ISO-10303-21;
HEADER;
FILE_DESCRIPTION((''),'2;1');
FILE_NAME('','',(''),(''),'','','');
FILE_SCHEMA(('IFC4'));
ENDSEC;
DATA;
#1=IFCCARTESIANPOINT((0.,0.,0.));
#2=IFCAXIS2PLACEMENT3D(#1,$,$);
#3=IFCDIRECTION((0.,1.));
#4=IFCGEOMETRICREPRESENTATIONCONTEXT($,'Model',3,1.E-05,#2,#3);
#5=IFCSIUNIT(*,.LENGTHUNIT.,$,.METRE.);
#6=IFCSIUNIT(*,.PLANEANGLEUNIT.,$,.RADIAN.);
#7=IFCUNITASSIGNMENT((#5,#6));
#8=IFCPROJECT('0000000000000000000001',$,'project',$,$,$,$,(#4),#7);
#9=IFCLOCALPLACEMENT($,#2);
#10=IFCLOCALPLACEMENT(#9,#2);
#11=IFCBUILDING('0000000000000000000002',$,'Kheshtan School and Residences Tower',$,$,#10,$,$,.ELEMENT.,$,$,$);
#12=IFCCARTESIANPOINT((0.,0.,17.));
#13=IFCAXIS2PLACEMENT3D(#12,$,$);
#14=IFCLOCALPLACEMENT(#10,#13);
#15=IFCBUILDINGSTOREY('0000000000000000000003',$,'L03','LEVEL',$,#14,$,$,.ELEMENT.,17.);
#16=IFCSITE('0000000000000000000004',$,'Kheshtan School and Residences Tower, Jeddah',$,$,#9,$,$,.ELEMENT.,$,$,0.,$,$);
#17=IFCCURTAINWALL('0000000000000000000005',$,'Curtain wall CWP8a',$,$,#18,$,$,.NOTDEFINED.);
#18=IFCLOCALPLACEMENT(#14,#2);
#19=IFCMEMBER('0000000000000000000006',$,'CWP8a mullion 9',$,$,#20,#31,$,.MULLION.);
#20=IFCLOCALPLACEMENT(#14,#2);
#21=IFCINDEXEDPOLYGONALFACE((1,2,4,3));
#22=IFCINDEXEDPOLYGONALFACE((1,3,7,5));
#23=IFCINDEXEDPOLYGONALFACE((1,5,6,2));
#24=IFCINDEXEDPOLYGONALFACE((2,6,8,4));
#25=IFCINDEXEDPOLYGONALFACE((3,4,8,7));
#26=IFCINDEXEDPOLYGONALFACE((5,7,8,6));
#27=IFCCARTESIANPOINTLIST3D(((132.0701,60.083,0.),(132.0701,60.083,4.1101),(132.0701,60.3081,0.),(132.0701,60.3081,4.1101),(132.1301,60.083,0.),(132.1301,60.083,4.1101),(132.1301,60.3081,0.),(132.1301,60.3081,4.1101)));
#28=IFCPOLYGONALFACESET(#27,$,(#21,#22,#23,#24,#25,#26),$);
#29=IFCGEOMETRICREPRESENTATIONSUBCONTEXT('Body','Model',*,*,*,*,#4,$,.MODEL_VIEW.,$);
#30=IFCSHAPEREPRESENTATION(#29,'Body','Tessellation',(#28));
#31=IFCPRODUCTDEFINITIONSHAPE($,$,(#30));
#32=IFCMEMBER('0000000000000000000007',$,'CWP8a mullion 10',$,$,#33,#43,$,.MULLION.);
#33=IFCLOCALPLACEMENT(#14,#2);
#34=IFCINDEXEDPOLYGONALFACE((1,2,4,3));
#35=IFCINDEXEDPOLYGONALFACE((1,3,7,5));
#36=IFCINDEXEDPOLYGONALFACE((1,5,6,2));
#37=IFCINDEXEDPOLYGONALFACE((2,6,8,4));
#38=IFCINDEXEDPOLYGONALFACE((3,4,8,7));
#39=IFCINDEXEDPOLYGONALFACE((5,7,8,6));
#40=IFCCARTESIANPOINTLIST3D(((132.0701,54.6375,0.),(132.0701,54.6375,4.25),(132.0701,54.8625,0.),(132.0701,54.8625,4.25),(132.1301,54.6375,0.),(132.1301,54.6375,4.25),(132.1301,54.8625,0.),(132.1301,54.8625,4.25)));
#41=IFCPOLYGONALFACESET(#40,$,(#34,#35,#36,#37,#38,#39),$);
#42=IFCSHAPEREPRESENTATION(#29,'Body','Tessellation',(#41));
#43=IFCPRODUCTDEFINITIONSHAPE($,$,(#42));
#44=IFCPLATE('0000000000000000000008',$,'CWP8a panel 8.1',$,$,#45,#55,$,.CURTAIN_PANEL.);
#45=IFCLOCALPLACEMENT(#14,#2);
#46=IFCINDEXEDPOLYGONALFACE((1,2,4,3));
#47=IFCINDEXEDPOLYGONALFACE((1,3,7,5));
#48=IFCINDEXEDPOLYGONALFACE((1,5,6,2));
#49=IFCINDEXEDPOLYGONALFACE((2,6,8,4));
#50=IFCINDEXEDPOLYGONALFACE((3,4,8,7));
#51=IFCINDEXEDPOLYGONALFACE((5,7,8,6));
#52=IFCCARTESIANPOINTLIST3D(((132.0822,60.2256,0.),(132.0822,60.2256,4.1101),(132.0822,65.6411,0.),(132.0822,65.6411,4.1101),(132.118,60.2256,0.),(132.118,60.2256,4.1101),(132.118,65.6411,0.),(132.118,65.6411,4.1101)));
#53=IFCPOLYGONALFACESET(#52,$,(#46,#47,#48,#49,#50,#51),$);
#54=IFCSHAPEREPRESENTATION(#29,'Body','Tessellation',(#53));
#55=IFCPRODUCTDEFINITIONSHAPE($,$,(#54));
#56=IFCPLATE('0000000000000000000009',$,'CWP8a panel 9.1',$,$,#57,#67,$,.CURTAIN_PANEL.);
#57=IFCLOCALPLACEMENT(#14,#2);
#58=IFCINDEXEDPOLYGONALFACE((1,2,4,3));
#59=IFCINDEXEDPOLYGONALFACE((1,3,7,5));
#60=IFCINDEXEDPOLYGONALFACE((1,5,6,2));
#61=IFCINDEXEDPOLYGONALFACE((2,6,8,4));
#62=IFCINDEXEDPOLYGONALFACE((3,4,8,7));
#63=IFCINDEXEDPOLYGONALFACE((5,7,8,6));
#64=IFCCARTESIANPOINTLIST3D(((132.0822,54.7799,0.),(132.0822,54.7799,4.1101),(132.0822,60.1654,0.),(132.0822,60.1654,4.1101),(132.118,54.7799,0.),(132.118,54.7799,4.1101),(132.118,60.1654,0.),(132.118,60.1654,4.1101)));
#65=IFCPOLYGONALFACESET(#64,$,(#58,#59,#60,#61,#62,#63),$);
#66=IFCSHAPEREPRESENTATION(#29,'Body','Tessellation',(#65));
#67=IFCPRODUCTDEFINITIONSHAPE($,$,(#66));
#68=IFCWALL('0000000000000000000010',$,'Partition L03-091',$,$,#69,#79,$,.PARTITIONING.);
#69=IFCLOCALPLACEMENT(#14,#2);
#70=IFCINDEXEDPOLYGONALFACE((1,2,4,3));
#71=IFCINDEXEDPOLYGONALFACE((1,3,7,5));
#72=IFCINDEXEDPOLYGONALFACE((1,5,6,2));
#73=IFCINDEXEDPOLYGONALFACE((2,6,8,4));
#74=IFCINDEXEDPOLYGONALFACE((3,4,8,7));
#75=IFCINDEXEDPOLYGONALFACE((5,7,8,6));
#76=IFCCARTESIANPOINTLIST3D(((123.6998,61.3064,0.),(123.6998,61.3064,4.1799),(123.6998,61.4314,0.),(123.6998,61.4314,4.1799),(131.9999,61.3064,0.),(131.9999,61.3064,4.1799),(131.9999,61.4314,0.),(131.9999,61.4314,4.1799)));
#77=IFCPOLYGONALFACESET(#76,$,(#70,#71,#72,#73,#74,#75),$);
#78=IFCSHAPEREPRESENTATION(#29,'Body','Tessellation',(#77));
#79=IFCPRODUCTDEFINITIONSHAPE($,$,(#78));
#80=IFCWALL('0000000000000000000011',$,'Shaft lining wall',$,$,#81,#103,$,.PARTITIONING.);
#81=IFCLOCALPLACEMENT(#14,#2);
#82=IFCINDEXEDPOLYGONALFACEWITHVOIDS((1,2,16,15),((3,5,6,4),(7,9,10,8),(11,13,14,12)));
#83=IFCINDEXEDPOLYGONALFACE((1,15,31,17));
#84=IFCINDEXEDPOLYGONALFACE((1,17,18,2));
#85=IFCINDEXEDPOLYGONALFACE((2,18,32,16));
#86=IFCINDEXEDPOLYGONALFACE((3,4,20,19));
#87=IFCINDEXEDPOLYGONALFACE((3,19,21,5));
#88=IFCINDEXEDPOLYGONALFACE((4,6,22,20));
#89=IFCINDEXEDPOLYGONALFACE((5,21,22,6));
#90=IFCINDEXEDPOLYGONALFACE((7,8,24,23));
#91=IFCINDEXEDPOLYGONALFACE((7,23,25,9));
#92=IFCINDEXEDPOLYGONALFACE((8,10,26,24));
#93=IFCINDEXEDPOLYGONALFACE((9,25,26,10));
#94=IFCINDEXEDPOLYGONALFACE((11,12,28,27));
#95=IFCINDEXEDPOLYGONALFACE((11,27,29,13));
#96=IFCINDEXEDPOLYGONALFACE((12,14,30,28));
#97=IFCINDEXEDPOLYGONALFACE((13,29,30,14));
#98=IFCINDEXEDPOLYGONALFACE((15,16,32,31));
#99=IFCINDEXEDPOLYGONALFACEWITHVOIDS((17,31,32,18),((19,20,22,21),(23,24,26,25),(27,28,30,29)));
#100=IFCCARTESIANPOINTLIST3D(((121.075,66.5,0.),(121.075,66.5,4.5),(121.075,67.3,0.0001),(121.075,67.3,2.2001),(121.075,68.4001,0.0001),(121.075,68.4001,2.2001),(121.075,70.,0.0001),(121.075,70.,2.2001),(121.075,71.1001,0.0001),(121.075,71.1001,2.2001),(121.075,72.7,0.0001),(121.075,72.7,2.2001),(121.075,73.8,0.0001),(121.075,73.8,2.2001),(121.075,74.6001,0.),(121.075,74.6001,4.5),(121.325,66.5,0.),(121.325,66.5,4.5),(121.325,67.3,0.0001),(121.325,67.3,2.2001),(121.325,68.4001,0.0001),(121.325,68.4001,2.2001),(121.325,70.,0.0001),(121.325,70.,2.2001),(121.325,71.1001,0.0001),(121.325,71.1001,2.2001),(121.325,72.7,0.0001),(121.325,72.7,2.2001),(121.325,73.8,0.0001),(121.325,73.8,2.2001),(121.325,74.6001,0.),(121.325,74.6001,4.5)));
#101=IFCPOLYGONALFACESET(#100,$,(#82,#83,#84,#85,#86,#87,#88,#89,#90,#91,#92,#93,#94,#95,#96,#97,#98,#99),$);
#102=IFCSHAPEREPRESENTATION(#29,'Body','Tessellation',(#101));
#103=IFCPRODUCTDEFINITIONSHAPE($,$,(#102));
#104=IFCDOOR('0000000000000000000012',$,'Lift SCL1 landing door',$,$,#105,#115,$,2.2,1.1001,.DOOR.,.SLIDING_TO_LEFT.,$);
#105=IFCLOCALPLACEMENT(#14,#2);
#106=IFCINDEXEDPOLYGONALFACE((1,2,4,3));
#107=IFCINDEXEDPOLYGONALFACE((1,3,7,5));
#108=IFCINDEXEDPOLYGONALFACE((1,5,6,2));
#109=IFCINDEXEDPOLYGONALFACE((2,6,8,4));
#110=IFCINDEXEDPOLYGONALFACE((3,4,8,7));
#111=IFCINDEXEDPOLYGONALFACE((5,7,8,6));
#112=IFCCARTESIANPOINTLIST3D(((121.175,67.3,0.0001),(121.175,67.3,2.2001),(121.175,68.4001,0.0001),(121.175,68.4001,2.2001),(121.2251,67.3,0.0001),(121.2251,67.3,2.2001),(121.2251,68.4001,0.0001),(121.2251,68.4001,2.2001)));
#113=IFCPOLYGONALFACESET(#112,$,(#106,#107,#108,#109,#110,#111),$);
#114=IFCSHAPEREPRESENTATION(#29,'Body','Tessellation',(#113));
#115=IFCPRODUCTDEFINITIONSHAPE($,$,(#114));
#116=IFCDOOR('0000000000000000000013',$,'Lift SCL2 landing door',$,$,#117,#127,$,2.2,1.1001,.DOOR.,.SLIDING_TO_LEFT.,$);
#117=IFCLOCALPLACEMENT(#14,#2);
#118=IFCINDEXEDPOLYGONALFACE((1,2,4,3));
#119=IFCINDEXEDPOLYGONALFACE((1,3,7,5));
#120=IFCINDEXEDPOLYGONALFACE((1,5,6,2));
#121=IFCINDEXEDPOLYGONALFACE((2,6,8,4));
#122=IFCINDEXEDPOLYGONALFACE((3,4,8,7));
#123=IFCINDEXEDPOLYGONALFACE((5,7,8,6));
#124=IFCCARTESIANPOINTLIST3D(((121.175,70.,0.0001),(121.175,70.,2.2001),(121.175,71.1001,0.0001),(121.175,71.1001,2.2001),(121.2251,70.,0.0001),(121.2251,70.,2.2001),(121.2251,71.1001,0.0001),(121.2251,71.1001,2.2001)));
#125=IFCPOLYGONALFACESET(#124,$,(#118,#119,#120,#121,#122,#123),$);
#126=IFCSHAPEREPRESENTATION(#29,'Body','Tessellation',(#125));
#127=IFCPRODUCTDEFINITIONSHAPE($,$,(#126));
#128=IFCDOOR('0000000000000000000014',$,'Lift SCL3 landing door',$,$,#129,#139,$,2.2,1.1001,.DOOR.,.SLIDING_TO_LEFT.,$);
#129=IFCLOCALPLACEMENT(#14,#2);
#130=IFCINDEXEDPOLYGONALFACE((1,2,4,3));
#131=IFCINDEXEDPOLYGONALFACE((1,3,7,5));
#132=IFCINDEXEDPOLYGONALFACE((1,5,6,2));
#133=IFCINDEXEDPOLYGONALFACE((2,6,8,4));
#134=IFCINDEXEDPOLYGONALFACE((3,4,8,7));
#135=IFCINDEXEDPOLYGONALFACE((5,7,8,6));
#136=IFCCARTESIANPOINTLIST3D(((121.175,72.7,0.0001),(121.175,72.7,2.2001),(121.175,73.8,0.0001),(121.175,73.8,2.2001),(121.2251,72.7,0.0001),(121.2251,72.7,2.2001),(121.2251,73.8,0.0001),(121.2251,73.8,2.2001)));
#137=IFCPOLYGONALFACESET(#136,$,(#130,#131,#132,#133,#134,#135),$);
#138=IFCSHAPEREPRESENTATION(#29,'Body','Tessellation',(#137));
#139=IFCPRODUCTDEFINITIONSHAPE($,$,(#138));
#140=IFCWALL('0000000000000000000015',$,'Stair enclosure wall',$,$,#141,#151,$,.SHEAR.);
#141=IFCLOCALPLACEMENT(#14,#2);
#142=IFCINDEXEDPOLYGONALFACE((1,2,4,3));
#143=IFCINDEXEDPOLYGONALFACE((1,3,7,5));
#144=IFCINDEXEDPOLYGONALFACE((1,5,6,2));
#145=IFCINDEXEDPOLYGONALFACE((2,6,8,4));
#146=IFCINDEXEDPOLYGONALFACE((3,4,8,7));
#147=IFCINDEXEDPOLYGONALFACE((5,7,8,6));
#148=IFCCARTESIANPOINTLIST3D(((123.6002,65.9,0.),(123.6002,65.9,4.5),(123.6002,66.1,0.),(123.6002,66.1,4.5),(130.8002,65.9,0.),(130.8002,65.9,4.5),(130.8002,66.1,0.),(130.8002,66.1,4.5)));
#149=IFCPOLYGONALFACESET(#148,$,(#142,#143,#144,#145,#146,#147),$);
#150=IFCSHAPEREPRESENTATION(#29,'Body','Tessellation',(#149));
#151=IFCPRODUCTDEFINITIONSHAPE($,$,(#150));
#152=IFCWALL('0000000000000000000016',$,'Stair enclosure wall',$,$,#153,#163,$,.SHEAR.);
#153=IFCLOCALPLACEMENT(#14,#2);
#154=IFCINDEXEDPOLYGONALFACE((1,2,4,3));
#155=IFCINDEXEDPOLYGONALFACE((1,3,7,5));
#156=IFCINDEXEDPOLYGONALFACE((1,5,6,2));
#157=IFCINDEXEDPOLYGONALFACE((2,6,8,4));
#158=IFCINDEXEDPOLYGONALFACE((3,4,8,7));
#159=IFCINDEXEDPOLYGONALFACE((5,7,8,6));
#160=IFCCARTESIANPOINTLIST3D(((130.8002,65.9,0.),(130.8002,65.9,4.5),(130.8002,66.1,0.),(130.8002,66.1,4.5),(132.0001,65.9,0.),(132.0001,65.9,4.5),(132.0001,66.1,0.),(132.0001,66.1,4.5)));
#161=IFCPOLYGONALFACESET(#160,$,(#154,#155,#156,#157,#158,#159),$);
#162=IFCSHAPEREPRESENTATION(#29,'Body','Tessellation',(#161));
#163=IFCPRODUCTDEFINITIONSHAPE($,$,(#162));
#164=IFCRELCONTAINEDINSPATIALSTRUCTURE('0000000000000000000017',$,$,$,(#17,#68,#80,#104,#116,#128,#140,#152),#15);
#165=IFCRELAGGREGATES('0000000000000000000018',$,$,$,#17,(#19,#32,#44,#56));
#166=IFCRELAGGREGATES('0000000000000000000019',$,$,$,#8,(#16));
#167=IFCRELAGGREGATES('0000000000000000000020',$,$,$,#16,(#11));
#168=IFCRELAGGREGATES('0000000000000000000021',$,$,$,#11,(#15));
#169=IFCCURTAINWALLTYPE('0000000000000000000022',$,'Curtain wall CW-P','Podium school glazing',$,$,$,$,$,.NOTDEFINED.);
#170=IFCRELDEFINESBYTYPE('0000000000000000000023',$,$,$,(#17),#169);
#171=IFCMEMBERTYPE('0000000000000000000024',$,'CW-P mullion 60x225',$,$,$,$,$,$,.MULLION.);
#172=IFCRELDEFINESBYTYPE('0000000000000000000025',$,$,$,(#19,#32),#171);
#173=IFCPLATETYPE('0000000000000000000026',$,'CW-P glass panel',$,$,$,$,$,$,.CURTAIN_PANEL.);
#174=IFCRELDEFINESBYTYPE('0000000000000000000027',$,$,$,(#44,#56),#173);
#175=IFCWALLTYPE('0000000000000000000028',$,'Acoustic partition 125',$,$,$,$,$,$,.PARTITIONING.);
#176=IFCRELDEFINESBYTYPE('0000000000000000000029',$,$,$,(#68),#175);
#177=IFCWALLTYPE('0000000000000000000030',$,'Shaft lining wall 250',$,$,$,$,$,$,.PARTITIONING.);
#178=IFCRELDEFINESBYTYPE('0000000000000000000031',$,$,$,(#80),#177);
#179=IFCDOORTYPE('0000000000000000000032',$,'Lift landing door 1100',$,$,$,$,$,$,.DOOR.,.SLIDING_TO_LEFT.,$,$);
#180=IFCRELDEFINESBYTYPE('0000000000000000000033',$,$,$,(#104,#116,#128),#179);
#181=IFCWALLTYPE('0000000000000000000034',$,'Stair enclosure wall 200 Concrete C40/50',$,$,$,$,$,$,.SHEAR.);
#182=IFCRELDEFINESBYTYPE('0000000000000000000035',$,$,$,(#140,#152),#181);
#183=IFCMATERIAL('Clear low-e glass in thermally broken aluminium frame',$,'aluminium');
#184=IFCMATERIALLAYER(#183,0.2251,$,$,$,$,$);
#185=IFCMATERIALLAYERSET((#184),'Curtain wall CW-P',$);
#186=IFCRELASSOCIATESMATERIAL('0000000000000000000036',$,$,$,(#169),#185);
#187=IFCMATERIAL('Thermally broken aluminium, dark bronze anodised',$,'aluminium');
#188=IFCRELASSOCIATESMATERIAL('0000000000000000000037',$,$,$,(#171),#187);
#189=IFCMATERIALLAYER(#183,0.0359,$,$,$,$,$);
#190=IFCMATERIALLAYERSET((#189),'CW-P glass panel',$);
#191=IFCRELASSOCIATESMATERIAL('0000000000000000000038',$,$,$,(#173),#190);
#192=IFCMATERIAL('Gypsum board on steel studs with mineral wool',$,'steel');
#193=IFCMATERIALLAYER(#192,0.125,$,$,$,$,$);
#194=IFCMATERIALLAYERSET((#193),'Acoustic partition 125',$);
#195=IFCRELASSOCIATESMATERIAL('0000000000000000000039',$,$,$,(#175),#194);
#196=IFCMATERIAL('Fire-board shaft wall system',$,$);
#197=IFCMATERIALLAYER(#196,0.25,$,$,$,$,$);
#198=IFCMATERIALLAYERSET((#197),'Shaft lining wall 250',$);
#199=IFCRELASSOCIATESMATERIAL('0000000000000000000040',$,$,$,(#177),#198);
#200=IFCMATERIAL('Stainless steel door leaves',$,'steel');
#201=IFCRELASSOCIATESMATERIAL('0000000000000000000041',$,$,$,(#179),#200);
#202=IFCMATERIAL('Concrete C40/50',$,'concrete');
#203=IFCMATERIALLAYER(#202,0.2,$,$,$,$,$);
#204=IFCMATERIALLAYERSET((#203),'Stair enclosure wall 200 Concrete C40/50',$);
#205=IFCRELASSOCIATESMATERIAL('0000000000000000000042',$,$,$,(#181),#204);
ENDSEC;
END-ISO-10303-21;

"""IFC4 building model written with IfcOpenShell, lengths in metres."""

from ifc_helpers import new_model, si_unit, direction, frame, frame_2d, origin, origin_2d, place, context, subcontext, project, spatial, rectangle, extrude, source, transform, mapped, material, layer, layer_set, material_profile, profile_set, type_object, element, fill, aggregate, save


model = new_model("IFC4")

# Units and contexts
model_context = context("Model", 3, precision=1e-05, world=origin(), true_north=direction((0.0, 1.0)))
body_context = subcontext(model_context, "Body", "Model", "MODEL_VIEW")
ifc_project = project(units=[si_unit("LENGTHUNIT", "METRE"), si_unit("PLANEANGLEUNIT", "RADIAN")], contexts=[model_context])

# Site, building, storey
site_placement = place(None, origin())
site = spatial("IfcSite", under=ifc_project, at=site_placement, Name="Kheshtan School and Residences Tower, Jeddah", CompositionType="ELEMENT", RefElevation=0.0)
building_placement = place(site_placement, origin())
building = spatial("IfcBuilding", under=site, at=building_placement, Name="Kheshtan School and Residences Tower", CompositionType="ELEMENT")
storey_placement = place(building_placement, frame((0.0, 0.0, 17.0)))
storey = spatial("IfcBuildingStorey", under=building, at=storey_placement, Name="L03", Description="LEVEL", CompositionType="ELEMENT", Elevation=17.0)

# Curtain wall, members, plates
ifc_material_1 = material(Name="Clear low-e glass in thermally broken aluminium frame", Category="aluminium")
ifc_layer_1 = layer(ifc_material_1, 0.2251)
ifc_layer_set_1 = layer_set([ifc_layer_1], Name="Curtain wall CW-P")
curtain_wall_type = type_object("IfcCurtainWallType", Name="Curtain wall CW-P", Description="Podium school glazing", PredefinedType="NOTDEFINED", material=ifc_layer_set_1)
curtain_wall_placement = place(storey_placement, origin())
curtain_wall = element("IfcCurtainWall", 1, at=curtain_wall_placement, inside=storey, type_object=curtain_wall_type, Name="Curtain wall CWP8a", PredefinedType="NOTDEFINED")
ifc_material_2 = material(Name="Thermally broken aluminium, dark bronze anodised", Category="aluminium")
ifc_material_profile_1 = material_profile(ifc_material_2, rectangle(XDim=0.0601, YDim=0.2251, at=origin_2d()), Name="CW-P mullion 60x225")
ifc_profile_set_1 = profile_set([ifc_material_profile_1], Name="Thermally broken aluminium, dark bronze anodised")
member_type = type_object("IfcMemberType", Name="CW-P mullion 60x225", PredefinedType="MULLION", material=ifc_profile_set_1)
member_1_placement = place(storey_placement, frame((132.1001, 60.1956, 0.0), z_axis=(0.0, 0.0, 1.0), x_axis=(1.0, 0.0, 0.0)))
member_1 = element("IfcMember", 2, at=member_1_placement, type_object=member_type, Name="CWP8a mullion 9", PredefinedType="MULLION", context=body_context, shape_type="SweptSolid", body=[
    extrude(rectangle(XDim=0.0601, YDim=0.2251, at=origin_2d()), origin(), (0.0, 0.0, 1.0), 4.1101),
])
member_2_placement = place(storey_placement, frame((132.1001, 54.75, 0.0), z_axis=(0.0, 0.0, 1.0), x_axis=(1.0, 0.0, 0.0)))
member_2 = element("IfcMember", 3, at=member_2_placement, type_object=member_type, Name="CWP8a mullion 10", PredefinedType="MULLION", context=body_context, shape_type="SweptSolid", body=[
    extrude(rectangle(XDim=0.0601, YDim=0.2251, at=origin_2d()), origin(), (0.0, 0.0, 1.0), 4.25),
])
ifc_layer_2 = layer(ifc_material_1, 0.0359)
ifc_layer_set_2 = layer_set([ifc_layer_2], Name="CW-P glass panel")
plate_type = type_object("IfcPlateType", Name="CW-P glass panel", PredefinedType="CURTAIN_PANEL", material=ifc_layer_set_2)
plate_1_placement = place(storey_placement, frame((132.1001, 62.9333, 0.0), z_axis=(0.0, 0.0, 1.0), x_axis=(0.0, -1.0, 0.0)))
plate_1 = element("IfcPlate", 4, at=plate_1_placement, type_object=plate_type, Name="CWP8a panel 8.1", PredefinedType="CURTAIN_PANEL", context=body_context, shape_type="SweptSolid", body=[
    extrude(rectangle(XDim=5.4155, YDim=0.0359, at=origin_2d()), origin(), (0.0, 0.0, 1.0), 4.1101),
])
plate_2_placement = place(storey_placement, frame((132.1001, 57.4727, 0.0), z_axis=(0.0, 0.0, 1.0), x_axis=(0.0, -1.0, 0.0)))
plate_2 = element("IfcPlate", 5, at=plate_2_placement, type_object=plate_type, Name="CWP8a panel 9.1", PredefinedType="CURTAIN_PANEL", context=body_context, shape_type="SweptSolid", body=[
    extrude(rectangle(XDim=5.3855, YDim=0.0359, at=origin_2d()), origin(), (0.0, 0.0, 1.0), 4.1101),
])
aggregate(curtain_wall, [member_1, member_2, plate_1, plate_2])

# Wall
ifc_material_3 = material(Name="Gypsum board on steel studs with mineral wool", Category="steel")
ifc_layer_3 = layer(ifc_material_3, 0.125)
ifc_layer_set_3 = layer_set([ifc_layer_3], Name="Acoustic partition 125")
wall_type_1 = type_object("IfcWallType", Name="Acoustic partition 125", PredefinedType="PARTITIONING", material=ifc_layer_set_3)
wall_1_placement = place(storey_placement, frame((123.7, 61.3689, 0.0), z_axis=(0.0, 0.0, 1.0), x_axis=(1.0, 0.0, 0.0)))
element("IfcWall", 6, at=wall_1_placement, inside=storey, type_object=wall_type_1, Name="Partition L03-091", PredefinedType="PARTITIONING", context=body_context, shape_type="SweptSolid", body=[
    extrude(rectangle(XDim=8.3, YDim=0.125, at=frame_2d((4.1499, 0.0))), origin(), (0.0, 0.0, 1.0), 4.1799),
])

# Wall, openings, doors
ifc_material_4 = material(Name="Fire-board shaft wall system")
ifc_layer_4 = layer(ifc_material_4, 0.25)
ifc_layer_set_4 = layer_set([ifc_layer_4], Name="Shaft lining wall 250")
wall_type_2 = type_object("IfcWallType", Name="Shaft lining wall 250", PredefinedType="PARTITIONING", material=ifc_layer_set_4)
wall_2_placement = place(storey_placement, frame((121.2, 66.5, 0.0), z_axis=(0.0, 0.0, 1.0), x_axis=(0.0, 1.0, 0.0)))
wall_2 = element("IfcWall", 7, at=wall_2_placement, inside=storey, type_object=wall_type_2, Name="Shaft lining wall", PredefinedType="PARTITIONING", context=body_context, shape_type="SweptSolid", body=[
    extrude(rectangle(XDim=8.1001, YDim=0.25, at=frame_2d((4.05, 0.0))), origin(), (0.0, 0.0, 1.0), 4.5),
])
opening_1_placement = place(wall_2_placement, frame((0.8, 0.0, 0.0)))
opening_1 = element("IfcOpeningElement", 8, at=opening_1_placement, cuts=wall_2, PredefinedType="OPENING", context=body_context, shape_type="SweptSolid", body=[
    extrude(rectangle(XDim=1.1001, YDim=2.2, at=frame_2d((0.55, 1.1001))), frame((0.0, 0.135, 0.0), z_axis=(0.0, -1.0, 0.0), x_axis=(1.0, 0.0, 0.0)), (0.0, 0.0, 1.0), 0.27),
])
opening_2_placement = place(wall_2_placement, frame((3.5, 0.0, 0.0)))
opening_2 = element("IfcOpeningElement", 9, at=opening_2_placement, cuts=wall_2, PredefinedType="OPENING", context=body_context, shape_type="SweptSolid", body=[
    extrude(rectangle(XDim=1.1001, YDim=2.2, at=frame_2d((0.55, 1.1001))), frame((0.0, 0.135, 0.0), z_axis=(0.0, -1.0, 0.0), x_axis=(1.0, 0.0, 0.0)), (0.0, 0.0, 1.0), 0.27),
])
opening_3_placement = place(wall_2_placement, frame((6.2, 0.0, 0.0)))
opening_3 = element("IfcOpeningElement", 10, at=opening_3_placement, cuts=wall_2, PredefinedType="OPENING", context=body_context, shape_type="SweptSolid", body=[
    extrude(rectangle(XDim=1.1001, YDim=2.2, at=frame_2d((0.55, 1.1001))), frame((0.0, 0.135, 0.0), z_axis=(0.0, -1.0, 0.0), x_axis=(1.0, 0.0, 0.0)), (0.0, 0.0, 1.0), 0.27),
])
ifc_material_5 = material(Name="Stainless steel door leaves", Category="steel")
door_type_1 = type_object("IfcDoorType", Name="Lift landing door 1100", OperationType="SLIDING_TO_LEFT", PredefinedType="DOOR", material=ifc_material_5)
shared_shape_1 = source(origin(), body_context, "Body", "SweptSolid", [
    extrude(rectangle(XDim=1.1001, YDim=2.2, at=frame_2d((0.55, 1.1001))), frame((0.0, 0.0249, 0.0), z_axis=(0.0, -1.0, 0.0), x_axis=(1.0, 0.0, 0.0)), (0.0, 0.0, 1.0), 0.05),
])
door_1_placement = place(opening_1_placement, origin())
door_1 = element("IfcDoor", 11, at=door_1_placement, inside=storey, type_object=door_type_1, Name="Lift SCL1 landing door", OperationType="SLIDING_TO_LEFT", OverallHeight=2.2, OverallWidth=1.1001, PredefinedType="DOOR", context=body_context, shape_type="MappedRepresentation", body=[
    mapped(shared_shape_1, transform((0.0, 0.0, 0.0), x_axis=(1.0, 0.0, 0.0), y_axis=(0.0, 1.0, 0.0), z_axis=(0.0, 0.0, 1.0), scale=1.0)),
])
fill(opening_1, door_1)
door_2_placement = place(opening_2_placement, origin())
door_2 = element("IfcDoor", 12, at=door_2_placement, inside=storey, type_object=door_type_1, Name="Lift SCL2 landing door", OperationType="SLIDING_TO_LEFT", OverallHeight=2.2, OverallWidth=1.1001, PredefinedType="DOOR", context=body_context, shape_type="MappedRepresentation", body=[
    mapped(shared_shape_1, transform((0.0, 0.0, 0.0), x_axis=(1.0, 0.0, 0.0), y_axis=(0.0, 1.0, 0.0), z_axis=(0.0, 0.0, 1.0), scale=1.0)),
])
fill(opening_2, door_2)
door_3_placement = place(opening_3_placement, origin())
door_3 = element("IfcDoor", 13, at=door_3_placement, inside=storey, type_object=door_type_1, Name="Lift SCL3 landing door", OperationType="SLIDING_TO_LEFT", OverallHeight=2.2, OverallWidth=1.1001, PredefinedType="DOOR", context=body_context, shape_type="MappedRepresentation", body=[
    mapped(shared_shape_1, transform((0.0, 0.0, 0.0), x_axis=(1.0, 0.0, 0.0), y_axis=(0.0, 1.0, 0.0), z_axis=(0.0, 0.0, 1.0), scale=1.0)),
])
fill(opening_3, door_3)

# Walls
ifc_material_6 = material(Name="Concrete C40/50", Category="concrete")
ifc_layer_5 = layer(ifc_material_6, 0.2)
ifc_layer_set_5 = layer_set([ifc_layer_5], Name="Stair enclosure wall 200 Concrete C40/50")
wall_type_3 = type_object("IfcWallType", Name="Stair enclosure wall 200 Concrete C40/50", PredefinedType="SHEAR", material=ifc_layer_set_5)
wall_3_placement = place(storey_placement, frame((123.6001, 66.0, 0.0), z_axis=(0.0, 0.0, 1.0), x_axis=(1.0, 0.0, 0.0)))
element("IfcWall", 14, at=wall_3_placement, inside=storey, type_object=wall_type_3, Name="Stair enclosure wall", PredefinedType="SHEAR", context=body_context, shape_type="SweptSolid", body=[
    extrude(rectangle(XDim=7.2, YDim=0.2, at=frame_2d((3.6001, 0.0))), origin(), (0.0, 0.0, 1.0), 4.5),
])
wall_4_placement = place(storey_placement, frame((130.8, 66.0, 0.0), z_axis=(0.0, 0.0, 1.0), x_axis=(1.0, 0.0, 0.0)))
element("IfcWall", 15, at=wall_4_placement, inside=storey, type_object=wall_type_3, Name="Stair enclosure wall", PredefinedType="SHEAR", context=body_context, shape_type="SweptSolid", body=[
    extrude(rectangle(XDim=1.2, YDim=0.2, at=frame_2d((0.6001, 0.0))), origin(), (0.0, 0.0, 1.0), 4.5),
])

save(model, "model.ifc")
